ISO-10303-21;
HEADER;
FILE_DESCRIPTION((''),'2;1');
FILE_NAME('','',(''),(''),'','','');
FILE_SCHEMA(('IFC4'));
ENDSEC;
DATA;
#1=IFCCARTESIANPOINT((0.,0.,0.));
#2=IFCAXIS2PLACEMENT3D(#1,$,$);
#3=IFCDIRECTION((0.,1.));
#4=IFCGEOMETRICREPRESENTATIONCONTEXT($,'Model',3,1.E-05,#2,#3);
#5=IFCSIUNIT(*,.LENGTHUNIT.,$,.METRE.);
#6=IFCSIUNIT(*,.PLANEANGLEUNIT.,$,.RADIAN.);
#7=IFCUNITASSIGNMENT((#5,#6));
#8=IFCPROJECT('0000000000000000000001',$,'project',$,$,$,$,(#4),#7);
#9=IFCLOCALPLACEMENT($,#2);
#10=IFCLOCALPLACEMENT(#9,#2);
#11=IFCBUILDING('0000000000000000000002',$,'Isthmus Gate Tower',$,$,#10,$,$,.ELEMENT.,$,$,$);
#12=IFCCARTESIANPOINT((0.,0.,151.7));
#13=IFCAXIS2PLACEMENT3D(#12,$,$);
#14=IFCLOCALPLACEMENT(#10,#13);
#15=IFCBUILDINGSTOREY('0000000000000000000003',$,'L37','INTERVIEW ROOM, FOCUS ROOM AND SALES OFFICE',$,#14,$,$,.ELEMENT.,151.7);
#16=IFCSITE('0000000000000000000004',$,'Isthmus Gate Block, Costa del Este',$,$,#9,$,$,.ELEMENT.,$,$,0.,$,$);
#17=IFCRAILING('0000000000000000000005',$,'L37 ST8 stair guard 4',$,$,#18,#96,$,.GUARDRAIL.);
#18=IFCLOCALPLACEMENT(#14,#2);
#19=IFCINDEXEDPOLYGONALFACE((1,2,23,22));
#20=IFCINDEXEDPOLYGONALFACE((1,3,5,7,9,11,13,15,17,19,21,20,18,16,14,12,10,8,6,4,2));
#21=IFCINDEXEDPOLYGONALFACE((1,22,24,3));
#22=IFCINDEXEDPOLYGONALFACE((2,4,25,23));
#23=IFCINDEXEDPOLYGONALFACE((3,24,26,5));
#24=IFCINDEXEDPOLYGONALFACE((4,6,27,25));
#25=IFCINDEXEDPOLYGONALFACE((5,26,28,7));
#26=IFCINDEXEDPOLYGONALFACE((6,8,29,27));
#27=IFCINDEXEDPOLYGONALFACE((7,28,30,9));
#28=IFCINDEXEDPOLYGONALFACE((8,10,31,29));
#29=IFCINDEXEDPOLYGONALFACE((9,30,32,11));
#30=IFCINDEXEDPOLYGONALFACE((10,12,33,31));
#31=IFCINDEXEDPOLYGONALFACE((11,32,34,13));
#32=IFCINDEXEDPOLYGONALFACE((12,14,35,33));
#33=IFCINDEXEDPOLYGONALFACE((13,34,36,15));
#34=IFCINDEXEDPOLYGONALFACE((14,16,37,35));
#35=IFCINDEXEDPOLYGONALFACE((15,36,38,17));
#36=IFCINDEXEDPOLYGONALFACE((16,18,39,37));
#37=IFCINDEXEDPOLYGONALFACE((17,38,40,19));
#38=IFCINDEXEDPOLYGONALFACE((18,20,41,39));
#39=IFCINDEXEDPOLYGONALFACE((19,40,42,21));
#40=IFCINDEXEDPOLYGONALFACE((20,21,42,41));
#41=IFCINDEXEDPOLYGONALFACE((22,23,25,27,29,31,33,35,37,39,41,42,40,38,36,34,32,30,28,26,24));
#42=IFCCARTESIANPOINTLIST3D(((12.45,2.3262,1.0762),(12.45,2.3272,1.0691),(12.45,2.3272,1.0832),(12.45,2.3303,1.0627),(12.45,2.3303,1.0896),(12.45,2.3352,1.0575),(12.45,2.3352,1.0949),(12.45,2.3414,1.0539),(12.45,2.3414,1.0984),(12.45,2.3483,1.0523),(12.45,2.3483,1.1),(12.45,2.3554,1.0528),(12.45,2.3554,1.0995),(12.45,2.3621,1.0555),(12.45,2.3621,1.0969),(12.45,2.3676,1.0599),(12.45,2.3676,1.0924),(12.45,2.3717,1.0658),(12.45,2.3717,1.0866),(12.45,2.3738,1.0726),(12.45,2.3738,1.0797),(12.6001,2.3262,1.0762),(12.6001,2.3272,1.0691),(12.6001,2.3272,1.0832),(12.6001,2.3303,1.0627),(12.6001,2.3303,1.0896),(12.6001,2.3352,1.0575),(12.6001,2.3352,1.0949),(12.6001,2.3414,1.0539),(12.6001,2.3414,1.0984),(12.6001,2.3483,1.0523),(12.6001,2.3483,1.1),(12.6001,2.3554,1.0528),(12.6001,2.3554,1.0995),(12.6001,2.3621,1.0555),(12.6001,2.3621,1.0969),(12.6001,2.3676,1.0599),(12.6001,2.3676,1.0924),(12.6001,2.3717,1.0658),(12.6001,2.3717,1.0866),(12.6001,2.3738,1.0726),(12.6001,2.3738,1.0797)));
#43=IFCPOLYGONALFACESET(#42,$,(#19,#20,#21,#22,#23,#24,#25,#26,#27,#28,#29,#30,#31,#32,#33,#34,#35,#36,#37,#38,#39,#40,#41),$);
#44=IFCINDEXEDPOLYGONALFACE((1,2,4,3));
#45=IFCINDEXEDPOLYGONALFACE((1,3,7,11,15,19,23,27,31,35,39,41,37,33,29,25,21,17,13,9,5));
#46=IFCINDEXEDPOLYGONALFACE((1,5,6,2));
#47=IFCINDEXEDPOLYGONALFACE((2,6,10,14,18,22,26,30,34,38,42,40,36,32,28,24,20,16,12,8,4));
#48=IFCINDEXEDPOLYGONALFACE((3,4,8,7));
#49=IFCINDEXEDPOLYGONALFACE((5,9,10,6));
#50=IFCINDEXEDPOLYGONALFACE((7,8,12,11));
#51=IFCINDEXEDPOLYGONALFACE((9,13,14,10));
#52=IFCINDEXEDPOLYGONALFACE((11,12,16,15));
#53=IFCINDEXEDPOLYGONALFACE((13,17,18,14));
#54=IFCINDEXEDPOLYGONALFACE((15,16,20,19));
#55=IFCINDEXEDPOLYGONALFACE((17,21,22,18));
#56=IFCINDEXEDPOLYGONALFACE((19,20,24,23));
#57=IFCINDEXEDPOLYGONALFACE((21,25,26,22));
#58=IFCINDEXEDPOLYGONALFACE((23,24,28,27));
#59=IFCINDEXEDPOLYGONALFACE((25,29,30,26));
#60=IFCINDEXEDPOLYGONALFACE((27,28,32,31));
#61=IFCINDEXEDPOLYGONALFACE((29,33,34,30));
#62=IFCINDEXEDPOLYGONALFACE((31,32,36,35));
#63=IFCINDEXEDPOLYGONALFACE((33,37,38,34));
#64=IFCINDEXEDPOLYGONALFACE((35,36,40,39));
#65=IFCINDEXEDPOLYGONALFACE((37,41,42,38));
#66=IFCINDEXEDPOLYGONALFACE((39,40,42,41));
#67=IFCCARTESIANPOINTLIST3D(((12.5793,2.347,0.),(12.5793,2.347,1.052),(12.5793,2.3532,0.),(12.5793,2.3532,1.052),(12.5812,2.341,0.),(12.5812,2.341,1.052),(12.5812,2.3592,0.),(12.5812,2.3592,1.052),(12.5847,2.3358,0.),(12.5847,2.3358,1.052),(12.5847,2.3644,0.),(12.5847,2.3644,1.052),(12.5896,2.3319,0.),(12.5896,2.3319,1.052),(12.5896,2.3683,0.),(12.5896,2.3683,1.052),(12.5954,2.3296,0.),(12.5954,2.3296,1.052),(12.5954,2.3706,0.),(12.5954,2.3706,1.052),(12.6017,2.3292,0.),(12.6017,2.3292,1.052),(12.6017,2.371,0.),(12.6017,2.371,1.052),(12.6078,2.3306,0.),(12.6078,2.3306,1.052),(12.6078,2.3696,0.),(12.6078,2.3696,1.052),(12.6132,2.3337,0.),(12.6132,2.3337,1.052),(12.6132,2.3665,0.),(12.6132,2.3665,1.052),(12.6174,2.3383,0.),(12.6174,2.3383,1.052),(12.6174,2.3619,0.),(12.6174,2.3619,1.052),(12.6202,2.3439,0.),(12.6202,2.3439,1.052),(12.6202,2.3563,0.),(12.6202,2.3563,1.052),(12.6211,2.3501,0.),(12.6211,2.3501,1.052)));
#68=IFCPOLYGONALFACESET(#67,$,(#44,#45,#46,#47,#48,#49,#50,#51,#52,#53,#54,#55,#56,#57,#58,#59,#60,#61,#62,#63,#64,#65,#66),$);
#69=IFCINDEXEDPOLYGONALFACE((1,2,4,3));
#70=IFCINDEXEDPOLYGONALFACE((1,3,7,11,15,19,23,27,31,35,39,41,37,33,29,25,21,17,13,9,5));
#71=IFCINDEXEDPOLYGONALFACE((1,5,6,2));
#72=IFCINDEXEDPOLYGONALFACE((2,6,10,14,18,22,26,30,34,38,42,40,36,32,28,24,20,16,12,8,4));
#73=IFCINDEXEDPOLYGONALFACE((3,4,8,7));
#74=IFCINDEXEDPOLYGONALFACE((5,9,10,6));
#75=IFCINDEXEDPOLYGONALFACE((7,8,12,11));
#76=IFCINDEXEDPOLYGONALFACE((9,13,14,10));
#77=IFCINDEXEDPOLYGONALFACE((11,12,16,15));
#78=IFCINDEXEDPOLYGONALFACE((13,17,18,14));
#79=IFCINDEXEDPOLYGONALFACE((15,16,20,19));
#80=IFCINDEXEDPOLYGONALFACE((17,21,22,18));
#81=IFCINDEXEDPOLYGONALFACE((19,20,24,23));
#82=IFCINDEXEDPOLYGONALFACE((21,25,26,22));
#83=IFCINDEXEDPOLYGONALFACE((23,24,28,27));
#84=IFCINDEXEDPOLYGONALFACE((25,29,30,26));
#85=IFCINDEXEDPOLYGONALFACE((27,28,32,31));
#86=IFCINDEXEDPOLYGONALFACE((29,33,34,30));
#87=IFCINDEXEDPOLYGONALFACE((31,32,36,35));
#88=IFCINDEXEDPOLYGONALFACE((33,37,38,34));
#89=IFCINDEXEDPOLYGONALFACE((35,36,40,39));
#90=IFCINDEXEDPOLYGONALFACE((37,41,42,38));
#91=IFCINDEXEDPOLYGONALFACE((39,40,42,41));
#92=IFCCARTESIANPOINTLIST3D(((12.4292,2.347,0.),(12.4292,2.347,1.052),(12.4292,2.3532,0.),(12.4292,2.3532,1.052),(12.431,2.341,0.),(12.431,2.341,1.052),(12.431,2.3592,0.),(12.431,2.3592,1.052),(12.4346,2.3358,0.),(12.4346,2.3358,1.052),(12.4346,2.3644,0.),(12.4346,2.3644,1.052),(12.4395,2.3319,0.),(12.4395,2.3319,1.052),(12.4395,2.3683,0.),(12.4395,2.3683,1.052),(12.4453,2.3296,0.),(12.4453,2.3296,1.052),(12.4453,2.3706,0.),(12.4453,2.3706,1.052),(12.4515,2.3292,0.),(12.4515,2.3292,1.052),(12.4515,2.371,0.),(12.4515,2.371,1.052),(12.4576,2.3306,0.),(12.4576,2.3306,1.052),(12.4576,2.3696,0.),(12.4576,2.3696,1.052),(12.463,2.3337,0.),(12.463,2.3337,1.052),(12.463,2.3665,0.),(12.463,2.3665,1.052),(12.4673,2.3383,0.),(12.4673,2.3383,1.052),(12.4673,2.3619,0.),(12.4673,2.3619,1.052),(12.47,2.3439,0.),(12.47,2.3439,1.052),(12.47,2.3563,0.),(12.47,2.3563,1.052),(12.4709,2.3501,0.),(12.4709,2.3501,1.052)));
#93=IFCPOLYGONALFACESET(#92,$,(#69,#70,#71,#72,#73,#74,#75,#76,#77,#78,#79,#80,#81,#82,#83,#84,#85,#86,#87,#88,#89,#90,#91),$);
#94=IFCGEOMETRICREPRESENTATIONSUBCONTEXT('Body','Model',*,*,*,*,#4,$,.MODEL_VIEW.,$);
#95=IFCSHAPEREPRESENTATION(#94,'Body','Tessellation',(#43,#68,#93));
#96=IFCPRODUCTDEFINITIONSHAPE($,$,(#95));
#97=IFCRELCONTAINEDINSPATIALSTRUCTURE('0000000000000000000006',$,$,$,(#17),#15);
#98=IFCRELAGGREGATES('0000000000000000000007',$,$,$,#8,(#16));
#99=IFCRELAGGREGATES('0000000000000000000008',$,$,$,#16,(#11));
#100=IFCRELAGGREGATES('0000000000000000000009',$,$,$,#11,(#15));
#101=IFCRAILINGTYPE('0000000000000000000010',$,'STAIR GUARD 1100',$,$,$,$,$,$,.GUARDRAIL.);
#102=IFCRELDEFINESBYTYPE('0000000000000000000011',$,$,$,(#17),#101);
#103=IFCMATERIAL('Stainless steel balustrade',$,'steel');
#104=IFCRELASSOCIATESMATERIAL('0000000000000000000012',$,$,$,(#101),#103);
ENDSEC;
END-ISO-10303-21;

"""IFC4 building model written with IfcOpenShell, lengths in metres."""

from ifc_helpers import new_model, si_unit, direction, frame, origin, origin_2d, place, context, subcontext, project, spatial, circle, extrude, material, type_object, element, save


model = new_model("IFC4")

# Units and contexts
model_context = context("Model", 3, precision=1e-05, world=origin(), true_north=direction((0.0, 1.0)))
body_context = subcontext(model_context, "Body", "Model", "MODEL_VIEW")
ifc_project = project(units=[si_unit("LENGTHUNIT", "METRE"), si_unit("PLANEANGLEUNIT", "RADIAN")], contexts=[model_context])

# Site, building, storey
site_placement = place(None, origin())
site = spatial("IfcSite", under=ifc_project, at=site_placement, Name="Isthmus Gate Block, Costa del Este", CompositionType="ELEMENT", RefElevation=0.0)
building_placement = place(site_placement, origin())
building = spatial("IfcBuilding", under=site, at=building_placement, Name="Isthmus Gate Tower", CompositionType="ELEMENT")
storey_placement = place(building_placement, frame((0.0, 0.0, 151.7)))
storey = spatial("IfcBuildingStorey", under=building, at=storey_placement, Name="L37", Description="INTERVIEW ROOM, FOCUS ROOM AND SALES OFFICE", CompositionType="ELEMENT", Elevation=151.7)

# Railing
ifc_material_1 = material(Name="Stainless steel balustrade", Category="steel")
railing_type_1 = type_object("IfcRailingType", Name="STAIR GUARD 1100", PredefinedType="GUARDRAIL", material=ifc_material_1)
railing_1_placement = place(storey_placement, frame((12.6001, 2.3501, 0.0)))
element("IfcRailing", 1, at=railing_1_placement, inside=storey, type_object=railing_type_1, Name="L37 ST8 stair guard 4", PredefinedType="GUARDRAIL", context=body_context, shape_type="SweptSolid", body=[
    extrude(circle(Radius=0.0239, at=origin_2d()), frame((0.0, 0.0, 1.0762), z_axis=(-1.0, 0.0, 0.0), x_axis=(0.0, -1.0, 0.0)), (0.0, 0.0, 1.0), 0.1501),
    extrude(circle(Radius=0.021, at=origin_2d()), origin(), (0.0, 0.0, 1.0), 1.052),
    extrude(circle(Radius=0.021, at=origin_2d()), frame((-0.1501, 0.0, 0.0)), (0.0, 0.0, 1.0), 1.052),
])

save(model, "model.ifc")
